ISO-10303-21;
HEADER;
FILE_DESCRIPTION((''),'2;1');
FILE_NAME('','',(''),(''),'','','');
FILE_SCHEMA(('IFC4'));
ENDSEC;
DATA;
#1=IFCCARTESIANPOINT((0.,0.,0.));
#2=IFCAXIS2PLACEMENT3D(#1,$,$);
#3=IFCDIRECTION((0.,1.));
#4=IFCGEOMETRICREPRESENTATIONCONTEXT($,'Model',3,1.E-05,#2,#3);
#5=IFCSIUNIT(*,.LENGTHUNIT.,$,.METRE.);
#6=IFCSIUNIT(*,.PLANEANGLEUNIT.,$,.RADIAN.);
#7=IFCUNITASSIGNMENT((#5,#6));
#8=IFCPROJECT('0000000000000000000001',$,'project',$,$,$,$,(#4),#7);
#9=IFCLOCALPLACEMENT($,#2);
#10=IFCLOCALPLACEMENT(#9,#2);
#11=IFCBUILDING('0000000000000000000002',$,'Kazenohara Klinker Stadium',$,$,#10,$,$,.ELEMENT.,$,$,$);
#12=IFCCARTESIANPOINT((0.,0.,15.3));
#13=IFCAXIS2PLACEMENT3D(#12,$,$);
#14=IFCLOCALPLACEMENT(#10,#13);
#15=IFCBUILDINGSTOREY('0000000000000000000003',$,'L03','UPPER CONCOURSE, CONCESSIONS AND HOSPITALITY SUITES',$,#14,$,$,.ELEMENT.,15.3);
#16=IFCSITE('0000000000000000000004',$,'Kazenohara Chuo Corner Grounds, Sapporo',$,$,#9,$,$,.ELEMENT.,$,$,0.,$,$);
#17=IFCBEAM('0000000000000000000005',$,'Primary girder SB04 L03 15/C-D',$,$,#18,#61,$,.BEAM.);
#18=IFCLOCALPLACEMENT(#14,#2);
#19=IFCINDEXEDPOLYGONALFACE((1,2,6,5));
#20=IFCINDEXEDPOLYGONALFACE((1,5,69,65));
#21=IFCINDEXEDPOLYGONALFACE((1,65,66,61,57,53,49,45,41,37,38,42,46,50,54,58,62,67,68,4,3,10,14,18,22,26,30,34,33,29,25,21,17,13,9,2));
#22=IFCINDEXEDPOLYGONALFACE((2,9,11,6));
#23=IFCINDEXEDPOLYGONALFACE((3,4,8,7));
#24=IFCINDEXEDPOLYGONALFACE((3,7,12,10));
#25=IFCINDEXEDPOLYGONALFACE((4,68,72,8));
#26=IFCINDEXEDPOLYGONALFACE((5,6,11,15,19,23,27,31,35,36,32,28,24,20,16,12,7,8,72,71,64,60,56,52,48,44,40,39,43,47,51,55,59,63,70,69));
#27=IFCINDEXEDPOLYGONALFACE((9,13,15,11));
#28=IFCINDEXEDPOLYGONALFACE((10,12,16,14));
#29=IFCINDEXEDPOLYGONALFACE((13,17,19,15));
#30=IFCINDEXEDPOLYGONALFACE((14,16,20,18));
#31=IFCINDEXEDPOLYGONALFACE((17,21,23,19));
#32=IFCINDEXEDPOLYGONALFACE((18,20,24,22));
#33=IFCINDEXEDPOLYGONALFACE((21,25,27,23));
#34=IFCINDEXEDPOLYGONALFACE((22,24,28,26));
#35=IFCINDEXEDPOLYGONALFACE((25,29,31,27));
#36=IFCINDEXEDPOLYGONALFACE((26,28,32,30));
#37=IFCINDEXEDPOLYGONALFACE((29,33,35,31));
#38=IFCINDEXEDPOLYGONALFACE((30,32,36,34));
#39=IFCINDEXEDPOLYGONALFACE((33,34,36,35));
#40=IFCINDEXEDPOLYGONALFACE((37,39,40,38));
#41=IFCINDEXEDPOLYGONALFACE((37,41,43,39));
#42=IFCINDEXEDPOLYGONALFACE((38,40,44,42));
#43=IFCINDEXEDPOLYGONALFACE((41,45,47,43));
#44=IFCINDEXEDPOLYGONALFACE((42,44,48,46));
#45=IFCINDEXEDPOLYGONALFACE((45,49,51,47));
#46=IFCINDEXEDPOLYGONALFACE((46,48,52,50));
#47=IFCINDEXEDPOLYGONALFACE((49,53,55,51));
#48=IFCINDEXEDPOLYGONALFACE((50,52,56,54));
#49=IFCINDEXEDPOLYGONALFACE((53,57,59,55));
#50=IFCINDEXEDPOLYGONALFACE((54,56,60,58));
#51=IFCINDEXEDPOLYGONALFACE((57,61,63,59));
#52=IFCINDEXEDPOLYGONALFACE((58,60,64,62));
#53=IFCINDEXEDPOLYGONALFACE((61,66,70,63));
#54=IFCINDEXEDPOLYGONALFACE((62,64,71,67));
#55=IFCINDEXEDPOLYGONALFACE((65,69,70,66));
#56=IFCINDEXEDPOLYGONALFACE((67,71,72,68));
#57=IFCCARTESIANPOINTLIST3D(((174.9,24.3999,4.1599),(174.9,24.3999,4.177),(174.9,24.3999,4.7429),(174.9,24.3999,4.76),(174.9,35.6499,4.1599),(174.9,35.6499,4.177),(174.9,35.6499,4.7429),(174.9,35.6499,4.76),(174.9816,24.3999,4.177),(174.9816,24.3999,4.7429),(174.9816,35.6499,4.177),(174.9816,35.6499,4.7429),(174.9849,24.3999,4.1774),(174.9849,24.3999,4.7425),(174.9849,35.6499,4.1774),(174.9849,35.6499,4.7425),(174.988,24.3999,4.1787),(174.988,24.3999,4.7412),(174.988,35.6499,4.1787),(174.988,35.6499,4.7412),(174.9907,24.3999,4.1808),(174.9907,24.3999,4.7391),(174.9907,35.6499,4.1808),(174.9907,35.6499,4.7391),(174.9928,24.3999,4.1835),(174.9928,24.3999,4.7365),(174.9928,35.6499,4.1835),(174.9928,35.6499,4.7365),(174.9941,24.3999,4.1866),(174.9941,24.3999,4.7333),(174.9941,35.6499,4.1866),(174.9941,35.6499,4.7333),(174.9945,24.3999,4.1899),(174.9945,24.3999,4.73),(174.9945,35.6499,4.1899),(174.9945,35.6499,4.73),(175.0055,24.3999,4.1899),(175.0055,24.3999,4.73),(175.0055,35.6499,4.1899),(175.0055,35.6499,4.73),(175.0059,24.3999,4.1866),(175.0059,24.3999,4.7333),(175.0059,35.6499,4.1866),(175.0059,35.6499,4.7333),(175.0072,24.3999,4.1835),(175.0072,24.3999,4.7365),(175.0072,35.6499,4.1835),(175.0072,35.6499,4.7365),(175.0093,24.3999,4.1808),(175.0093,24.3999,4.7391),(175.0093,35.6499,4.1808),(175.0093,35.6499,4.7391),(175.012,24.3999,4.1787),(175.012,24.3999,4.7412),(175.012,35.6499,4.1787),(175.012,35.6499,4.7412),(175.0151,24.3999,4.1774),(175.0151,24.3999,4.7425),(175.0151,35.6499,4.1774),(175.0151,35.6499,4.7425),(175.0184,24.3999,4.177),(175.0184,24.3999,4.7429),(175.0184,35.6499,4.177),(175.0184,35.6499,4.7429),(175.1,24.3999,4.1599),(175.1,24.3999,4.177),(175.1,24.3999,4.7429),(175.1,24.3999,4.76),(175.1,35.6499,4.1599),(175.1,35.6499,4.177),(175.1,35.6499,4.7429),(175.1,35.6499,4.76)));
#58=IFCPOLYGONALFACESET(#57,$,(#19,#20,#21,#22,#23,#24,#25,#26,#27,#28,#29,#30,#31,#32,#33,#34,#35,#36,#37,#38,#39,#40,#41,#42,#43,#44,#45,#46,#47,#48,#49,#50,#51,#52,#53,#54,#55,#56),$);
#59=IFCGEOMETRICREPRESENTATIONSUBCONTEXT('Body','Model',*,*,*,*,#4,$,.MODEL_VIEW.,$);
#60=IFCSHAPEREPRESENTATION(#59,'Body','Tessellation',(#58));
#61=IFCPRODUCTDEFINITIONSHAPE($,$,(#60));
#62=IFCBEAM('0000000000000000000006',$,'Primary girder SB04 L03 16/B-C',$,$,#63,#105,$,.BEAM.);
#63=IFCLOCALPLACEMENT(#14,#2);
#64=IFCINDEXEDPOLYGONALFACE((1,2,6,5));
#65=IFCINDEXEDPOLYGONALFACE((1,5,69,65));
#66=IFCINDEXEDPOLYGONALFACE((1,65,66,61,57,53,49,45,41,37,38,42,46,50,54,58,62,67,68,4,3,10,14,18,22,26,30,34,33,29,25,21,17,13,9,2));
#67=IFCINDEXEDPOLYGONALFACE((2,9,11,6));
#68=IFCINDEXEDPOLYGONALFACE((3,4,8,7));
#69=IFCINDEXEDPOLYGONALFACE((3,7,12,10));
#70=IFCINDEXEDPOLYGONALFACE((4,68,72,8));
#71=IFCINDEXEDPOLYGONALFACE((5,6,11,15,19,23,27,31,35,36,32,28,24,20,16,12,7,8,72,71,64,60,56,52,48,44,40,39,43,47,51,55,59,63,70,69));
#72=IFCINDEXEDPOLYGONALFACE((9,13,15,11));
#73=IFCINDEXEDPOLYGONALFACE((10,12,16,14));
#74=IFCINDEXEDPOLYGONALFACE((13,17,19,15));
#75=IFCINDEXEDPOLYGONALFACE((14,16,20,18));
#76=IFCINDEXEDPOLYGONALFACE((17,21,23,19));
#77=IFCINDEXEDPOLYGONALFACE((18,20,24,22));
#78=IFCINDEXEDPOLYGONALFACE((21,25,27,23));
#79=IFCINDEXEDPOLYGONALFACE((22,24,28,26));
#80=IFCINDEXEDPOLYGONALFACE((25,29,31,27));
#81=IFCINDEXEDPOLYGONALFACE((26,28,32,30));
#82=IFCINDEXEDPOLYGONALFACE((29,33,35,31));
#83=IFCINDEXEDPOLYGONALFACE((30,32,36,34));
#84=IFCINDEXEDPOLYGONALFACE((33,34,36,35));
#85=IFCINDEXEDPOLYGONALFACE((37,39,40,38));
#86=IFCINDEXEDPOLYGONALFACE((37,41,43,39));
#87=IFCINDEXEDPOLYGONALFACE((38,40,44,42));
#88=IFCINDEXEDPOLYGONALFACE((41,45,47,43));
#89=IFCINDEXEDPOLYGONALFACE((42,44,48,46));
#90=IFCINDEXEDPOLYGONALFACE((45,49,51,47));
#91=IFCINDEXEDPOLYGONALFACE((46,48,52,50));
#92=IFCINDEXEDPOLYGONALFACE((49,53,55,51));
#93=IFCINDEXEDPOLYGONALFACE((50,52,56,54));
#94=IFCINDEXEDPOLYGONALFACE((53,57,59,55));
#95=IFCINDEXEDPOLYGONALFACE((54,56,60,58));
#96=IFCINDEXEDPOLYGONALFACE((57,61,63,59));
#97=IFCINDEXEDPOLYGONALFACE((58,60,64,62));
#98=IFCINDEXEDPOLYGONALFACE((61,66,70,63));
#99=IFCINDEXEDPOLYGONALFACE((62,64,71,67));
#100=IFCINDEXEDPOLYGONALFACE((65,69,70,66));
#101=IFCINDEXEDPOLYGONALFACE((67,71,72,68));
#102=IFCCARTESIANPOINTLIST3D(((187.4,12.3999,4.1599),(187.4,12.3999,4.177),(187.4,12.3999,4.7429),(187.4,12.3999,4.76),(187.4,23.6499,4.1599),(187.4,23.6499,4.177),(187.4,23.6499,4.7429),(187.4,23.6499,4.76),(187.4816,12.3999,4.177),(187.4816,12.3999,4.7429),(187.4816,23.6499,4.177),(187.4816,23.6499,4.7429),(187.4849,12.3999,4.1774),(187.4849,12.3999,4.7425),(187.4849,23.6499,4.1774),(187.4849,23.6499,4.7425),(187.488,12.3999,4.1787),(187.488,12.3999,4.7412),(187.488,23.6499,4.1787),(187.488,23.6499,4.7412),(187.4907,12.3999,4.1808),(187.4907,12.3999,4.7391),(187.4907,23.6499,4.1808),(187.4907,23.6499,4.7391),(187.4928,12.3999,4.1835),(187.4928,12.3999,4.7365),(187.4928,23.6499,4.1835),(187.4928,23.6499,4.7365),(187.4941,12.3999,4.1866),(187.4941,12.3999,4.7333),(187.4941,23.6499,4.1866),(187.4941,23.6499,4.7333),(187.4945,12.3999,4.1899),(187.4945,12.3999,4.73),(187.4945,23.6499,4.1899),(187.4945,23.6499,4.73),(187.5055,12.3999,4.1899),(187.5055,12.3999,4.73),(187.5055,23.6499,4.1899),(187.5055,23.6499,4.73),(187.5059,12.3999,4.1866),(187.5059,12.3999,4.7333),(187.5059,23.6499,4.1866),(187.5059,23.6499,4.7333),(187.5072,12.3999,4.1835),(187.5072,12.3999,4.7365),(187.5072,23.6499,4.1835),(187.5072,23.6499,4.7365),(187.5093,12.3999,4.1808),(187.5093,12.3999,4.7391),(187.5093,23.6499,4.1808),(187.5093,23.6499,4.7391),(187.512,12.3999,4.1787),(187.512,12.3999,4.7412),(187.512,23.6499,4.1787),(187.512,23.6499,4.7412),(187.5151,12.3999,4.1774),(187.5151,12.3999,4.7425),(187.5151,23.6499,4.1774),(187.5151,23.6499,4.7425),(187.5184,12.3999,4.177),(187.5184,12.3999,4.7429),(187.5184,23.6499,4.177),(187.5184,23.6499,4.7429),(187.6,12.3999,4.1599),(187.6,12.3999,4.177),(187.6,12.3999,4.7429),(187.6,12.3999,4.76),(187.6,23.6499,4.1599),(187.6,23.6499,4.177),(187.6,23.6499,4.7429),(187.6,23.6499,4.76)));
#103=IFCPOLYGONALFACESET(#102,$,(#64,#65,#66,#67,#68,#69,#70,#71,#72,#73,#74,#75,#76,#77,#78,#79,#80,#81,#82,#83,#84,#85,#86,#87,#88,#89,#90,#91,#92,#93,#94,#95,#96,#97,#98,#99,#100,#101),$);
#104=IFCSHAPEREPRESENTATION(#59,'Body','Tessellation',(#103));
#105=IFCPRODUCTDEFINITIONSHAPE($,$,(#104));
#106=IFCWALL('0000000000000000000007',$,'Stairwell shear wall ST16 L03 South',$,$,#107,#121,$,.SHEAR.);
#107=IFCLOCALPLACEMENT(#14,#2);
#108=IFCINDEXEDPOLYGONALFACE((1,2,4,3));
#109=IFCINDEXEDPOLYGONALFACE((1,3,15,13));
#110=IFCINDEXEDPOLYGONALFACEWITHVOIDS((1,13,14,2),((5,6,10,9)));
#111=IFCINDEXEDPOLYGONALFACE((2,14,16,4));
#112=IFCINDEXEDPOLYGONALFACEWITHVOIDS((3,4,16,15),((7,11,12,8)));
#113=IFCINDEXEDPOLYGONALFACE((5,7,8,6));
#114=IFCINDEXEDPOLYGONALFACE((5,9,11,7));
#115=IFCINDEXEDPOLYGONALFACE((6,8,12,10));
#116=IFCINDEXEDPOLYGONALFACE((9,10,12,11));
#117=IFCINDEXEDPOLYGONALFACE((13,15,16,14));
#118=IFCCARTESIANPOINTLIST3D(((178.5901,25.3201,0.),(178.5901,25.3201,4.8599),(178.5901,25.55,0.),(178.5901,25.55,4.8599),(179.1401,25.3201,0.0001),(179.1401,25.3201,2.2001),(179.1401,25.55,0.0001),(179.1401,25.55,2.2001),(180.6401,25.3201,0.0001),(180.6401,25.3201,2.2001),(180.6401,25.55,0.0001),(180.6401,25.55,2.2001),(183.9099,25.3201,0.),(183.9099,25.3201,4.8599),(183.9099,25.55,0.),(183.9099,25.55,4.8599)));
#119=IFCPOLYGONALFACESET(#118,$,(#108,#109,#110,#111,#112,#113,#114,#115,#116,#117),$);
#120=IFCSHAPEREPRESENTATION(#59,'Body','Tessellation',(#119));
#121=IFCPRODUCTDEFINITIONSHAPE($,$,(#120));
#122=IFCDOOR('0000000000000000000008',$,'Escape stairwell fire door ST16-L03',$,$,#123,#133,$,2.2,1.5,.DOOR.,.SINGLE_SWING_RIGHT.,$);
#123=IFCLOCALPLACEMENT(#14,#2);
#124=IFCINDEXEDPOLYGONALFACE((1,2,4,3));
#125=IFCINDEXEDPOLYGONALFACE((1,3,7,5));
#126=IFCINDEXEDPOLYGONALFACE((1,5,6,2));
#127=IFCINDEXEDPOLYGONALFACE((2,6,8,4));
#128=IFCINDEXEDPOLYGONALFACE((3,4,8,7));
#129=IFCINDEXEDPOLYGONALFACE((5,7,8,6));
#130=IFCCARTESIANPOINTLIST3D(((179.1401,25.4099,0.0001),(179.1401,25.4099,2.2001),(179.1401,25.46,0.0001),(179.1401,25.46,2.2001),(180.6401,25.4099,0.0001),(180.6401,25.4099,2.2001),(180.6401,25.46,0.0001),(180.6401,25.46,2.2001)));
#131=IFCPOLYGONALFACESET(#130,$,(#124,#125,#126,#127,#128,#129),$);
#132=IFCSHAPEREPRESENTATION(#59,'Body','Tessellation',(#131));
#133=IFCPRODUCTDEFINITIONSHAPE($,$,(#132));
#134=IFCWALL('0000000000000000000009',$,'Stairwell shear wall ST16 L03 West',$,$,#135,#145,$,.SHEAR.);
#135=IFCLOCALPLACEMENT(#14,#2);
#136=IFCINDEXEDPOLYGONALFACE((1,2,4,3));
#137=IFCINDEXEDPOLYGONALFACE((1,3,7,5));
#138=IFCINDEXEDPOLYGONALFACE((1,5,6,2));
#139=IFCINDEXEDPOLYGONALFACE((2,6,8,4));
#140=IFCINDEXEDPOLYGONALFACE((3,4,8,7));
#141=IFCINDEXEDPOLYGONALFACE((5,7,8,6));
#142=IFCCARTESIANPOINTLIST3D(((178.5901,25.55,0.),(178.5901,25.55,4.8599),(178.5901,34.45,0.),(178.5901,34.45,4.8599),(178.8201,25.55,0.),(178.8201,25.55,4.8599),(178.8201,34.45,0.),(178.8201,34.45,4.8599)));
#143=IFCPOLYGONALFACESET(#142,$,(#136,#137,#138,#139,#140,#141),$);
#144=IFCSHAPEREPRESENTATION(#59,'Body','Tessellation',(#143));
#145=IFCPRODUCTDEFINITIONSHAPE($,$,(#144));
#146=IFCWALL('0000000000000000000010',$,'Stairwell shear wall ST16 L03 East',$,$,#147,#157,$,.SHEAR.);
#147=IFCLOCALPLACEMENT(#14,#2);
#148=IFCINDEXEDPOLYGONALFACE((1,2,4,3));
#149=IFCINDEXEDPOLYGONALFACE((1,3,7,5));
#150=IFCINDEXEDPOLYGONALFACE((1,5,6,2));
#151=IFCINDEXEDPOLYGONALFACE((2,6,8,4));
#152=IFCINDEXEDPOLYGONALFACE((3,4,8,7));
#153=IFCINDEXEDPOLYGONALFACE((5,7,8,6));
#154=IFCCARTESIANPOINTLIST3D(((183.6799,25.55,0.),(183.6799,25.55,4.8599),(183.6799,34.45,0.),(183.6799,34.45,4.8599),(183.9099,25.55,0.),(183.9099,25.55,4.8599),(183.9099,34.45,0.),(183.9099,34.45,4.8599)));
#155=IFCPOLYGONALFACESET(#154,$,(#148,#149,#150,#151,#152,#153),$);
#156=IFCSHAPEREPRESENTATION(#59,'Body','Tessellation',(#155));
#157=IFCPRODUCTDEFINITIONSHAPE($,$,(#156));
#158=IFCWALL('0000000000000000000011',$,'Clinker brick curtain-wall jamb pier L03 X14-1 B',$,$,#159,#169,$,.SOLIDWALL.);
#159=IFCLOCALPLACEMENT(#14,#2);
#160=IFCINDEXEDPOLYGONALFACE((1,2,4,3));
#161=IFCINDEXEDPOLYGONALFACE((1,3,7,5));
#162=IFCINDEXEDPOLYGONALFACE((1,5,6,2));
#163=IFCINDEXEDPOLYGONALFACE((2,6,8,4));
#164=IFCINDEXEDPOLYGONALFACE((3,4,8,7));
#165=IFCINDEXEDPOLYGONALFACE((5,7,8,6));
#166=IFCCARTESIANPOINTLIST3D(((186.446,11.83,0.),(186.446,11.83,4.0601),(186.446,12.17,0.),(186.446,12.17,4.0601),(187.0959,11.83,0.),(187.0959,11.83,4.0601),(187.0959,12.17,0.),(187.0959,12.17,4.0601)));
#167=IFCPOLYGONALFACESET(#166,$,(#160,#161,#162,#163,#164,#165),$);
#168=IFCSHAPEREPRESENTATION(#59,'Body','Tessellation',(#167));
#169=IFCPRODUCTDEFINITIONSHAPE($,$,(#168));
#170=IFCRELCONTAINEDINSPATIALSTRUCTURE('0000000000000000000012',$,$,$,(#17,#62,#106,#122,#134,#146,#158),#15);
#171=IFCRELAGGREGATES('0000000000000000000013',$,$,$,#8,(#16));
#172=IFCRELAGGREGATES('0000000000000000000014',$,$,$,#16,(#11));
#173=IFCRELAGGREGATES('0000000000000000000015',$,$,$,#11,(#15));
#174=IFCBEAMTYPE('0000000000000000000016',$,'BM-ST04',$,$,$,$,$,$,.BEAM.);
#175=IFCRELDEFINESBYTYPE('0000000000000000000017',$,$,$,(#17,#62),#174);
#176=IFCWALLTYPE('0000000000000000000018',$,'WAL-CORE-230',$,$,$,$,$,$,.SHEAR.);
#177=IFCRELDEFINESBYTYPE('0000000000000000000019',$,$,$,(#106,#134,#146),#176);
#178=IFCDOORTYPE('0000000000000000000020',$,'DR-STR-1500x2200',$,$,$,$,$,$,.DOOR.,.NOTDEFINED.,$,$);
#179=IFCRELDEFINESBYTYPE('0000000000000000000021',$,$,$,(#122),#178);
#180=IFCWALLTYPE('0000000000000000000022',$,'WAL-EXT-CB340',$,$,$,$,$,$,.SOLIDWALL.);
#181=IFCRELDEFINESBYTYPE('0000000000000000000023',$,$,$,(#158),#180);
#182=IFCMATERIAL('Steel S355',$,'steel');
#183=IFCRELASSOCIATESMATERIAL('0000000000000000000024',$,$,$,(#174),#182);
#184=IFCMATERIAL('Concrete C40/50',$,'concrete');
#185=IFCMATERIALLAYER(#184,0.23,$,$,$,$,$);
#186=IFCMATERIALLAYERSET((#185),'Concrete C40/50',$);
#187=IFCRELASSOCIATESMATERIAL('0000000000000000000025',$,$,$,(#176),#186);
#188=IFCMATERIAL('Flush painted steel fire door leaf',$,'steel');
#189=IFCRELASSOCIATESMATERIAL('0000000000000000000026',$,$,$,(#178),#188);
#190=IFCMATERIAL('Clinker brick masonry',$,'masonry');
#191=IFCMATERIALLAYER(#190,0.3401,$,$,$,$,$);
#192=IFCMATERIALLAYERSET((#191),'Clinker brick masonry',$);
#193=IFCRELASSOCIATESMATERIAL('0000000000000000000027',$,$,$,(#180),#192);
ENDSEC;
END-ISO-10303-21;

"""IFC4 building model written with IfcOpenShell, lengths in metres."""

from ifc_helpers import new_model, si_unit, direction, frame, frame_2d, origin, origin_2d, place, context, subcontext, project, spatial, rectangle, i_section, extrude, material, layer, layer_set, material_profile, profile_set, type_object, element, fill, save


model = new_model("IFC4")

# Units and contexts
model_context = context("Model", 3, precision=1e-05, world=origin(), true_north=direction((0.0, 1.0)))
body_context = subcontext(model_context, "Body", "Model", "MODEL_VIEW")
ifc_project = project(units=[si_unit("LENGTHUNIT", "METRE"), si_unit("PLANEANGLEUNIT", "RADIAN")], contexts=[model_context])

# Site, building, storey
site_placement = place(None, origin())
site = spatial("IfcSite", under=ifc_project, at=site_placement, Name="Kazenohara Chuo Corner Grounds, Sapporo", CompositionType="ELEMENT", RefElevation=0.0)
building_placement = place(site_placement, origin())
building = spatial("IfcBuilding", under=site, at=building_placement, Name="Kazenohara Klinker Stadium", CompositionType="ELEMENT")
storey_placement = place(building_placement, frame((0.0, 0.0, 15.3)))
storey = spatial("IfcBuildingStorey", under=building, at=storey_placement, Name="L03", Description="UPPER CONCOURSE, CONCESSIONS AND HOSPITALITY SUITES", CompositionType="ELEMENT", Elevation=15.3)

# Shared definitions
ifc_material_1 = material(Name="Concrete C40/50", Category="concrete")

# Beams
ifc_material_2 = material(Name="Steel S355", Category="steel")
ifc_material_profile_1 = material_profile(ifc_material_2, i_section(OverallWidth=0.2, OverallDepth=0.6001, WebThickness=0.011, FlangeThickness=0.0171, FilletRadius=0.0129, at=origin_2d()), Name="H-600x200x11x17")
ifc_profile_set_1 = profile_set([ifc_material_profile_1], Name="Steel S355")
beam_type_1 = type_object("IfcBeamType", Name="BM-ST04", PredefinedType="BEAM", material=ifc_profile_set_1)
for number, where, z_axis, x_axis, name in (
    (1, (175.0, 24.3999, 4.46), (0.0, 1.0, 0.0), (-1.0, 0.0, 0.0), "Primary girder SB04 L03 15/C-D"),
    (2, (187.5, 12.3999, 4.46), (0.0, 1.0, 0.0), (-1.0, 0.0, 0.0), "Primary girder SB04 L03 16/B-C"),
):
    element("IfcBeam", number, at=place(storey_placement, frame(where, z_axis=z_axis, x_axis=x_axis)), inside=storey, type_object=beam_type_1, Name=name, PredefinedType="BEAM", context=body_context, shape_type="SweptSolid", body=[
        extrude(i_section(OverallWidth=0.2, OverallDepth=0.6001, WebThickness=0.011, FlangeThickness=0.0171, FilletRadius=0.0129, at=origin_2d()), origin(), (0.0, 0.0, 1.0), 11.25),
    ])

# Wall, opening, door
ifc_layer_1 = layer(ifc_material_1, 0.23)
ifc_layer_set_1 = layer_set([ifc_layer_1], Name="Concrete C40/50")
wall_type_1 = type_object("IfcWallType", Name="WAL-CORE-230", PredefinedType="SHEAR", material=ifc_layer_set_1)
wall_1_placement = place(storey_placement, frame((178.5901, 25.4351, 0.0), z_axis=(0.0, 0.0, 1.0), x_axis=(1.0, 0.0, 0.0)))
wall_1 = element("IfcWall", 3, at=wall_1_placement, inside=storey, type_object=wall_type_1, Name="Stairwell shear wall ST16 L03 South", PredefinedType="SHEAR", context=body_context, shape_type="SweptSolid", body=[
    extrude(rectangle(XDim=5.3198, YDim=0.23, at=frame_2d((2.6599, 0.0))), origin(), (0.0, 0.0, 1.0), 4.8599),
])
opening_1_placement = place(wall_1_placement, frame((0.55, 0.0, 0.0)))
opening_1 = element("IfcOpeningElement", 4, at=opening_1_placement, cuts=wall_1, PredefinedType="OPENING", context=body_context, shape_type="SweptSolid", body=[
    extrude(rectangle(XDim=1.5, YDim=2.2, at=frame_2d((0.75, 1.1001))), frame((0.0, 0.125, 0.0), z_axis=(0.0, -1.0, 0.0), x_axis=(1.0, 0.0, 0.0)), (0.0, 0.0, 1.0), 0.25),
])
ifc_material_3 = material(Name="Flush painted steel fire door leaf", Category="steel")
door_type_1 = type_object("IfcDoorType", Name="DR-STR-1500x2200", OperationType="NOTDEFINED", PredefinedType="DOOR", material=ifc_material_3)
door_1_placement = place(opening_1_placement, origin())
door_1 = element("IfcDoor", 5, at=door_1_placement, inside=storey, type_object=door_type_1, Name="Escape stairwell fire door ST16-L03", OperationType="SINGLE_SWING_RIGHT", OverallHeight=2.2, OverallWidth=1.5, PredefinedType="DOOR", context=body_context, shape_type="SweptSolid", body=[
    extrude(rectangle(XDim=1.5, YDim=2.2, at=frame_2d((0.75, 1.1001))), frame((0.0, 0.0249, 0.0), z_axis=(0.0, -1.0, 0.0), x_axis=(1.0, 0.0, 0.0)), (0.0, 0.0, 1.0), 0.05),
])
fill(opening_1, door_1)

# Walls
for number, where, z_axis, x_axis, name in (
    (6, (178.7051, 25.55, 0.0), (0.0, 0.0, 1.0), (0.0, 1.0, 0.0), "Stairwell shear wall ST16 L03 West"),
    (7, (183.7949, 25.55, 0.0), (0.0, 0.0, 1.0), (0.0, 1.0, 0.0), "Stairwell shear wall ST16 L03 East"),
):
    element("IfcWall", number, at=place(storey_placement, frame(where, z_axis=z_axis, x_axis=x_axis)), inside=storey, type_object=wall_type_1, Name=name, PredefinedType="SHEAR", context=body_context, shape_type="SweptSolid", body=[
        extrude(rectangle(XDim=8.8999, YDim=0.23, at=frame_2d((4.45, 0.0))), origin(), (0.0, 0.0, 1.0), 4.8599),
    ])
ifc_material_4 = material(Name="Clinker brick masonry", Category="masonry")
ifc_layer_2 = layer(ifc_material_4, 0.3401)
ifc_layer_set_2 = layer_set([ifc_layer_2], Name="Clinker brick masonry")
wall_type_2 = type_object("IfcWallType", Name="WAL-EXT-CB340", PredefinedType="SOLIDWALL", material=ifc_layer_set_2)
wall_2_placement = place(storey_placement, frame((186.446, 12.0, 0.0), z_axis=(0.0, 0.0, 1.0), x_axis=(1.0, 0.0, 0.0)))
element("IfcWall", 8, at=wall_2_placement, inside=storey, type_object=wall_type_2, Name="Clinker brick curtain-wall jamb pier L03 X14-1 B", PredefinedType="SOLIDWALL", context=body_context, shape_type="SweptSolid", body=[
    extrude(rectangle(XDim=0.6499, YDim=0.3401, at=frame_2d((0.325, 0.0))), origin(), (0.0, 0.0, 1.0), 4.0601),
])

save(model, "model.ifc")
